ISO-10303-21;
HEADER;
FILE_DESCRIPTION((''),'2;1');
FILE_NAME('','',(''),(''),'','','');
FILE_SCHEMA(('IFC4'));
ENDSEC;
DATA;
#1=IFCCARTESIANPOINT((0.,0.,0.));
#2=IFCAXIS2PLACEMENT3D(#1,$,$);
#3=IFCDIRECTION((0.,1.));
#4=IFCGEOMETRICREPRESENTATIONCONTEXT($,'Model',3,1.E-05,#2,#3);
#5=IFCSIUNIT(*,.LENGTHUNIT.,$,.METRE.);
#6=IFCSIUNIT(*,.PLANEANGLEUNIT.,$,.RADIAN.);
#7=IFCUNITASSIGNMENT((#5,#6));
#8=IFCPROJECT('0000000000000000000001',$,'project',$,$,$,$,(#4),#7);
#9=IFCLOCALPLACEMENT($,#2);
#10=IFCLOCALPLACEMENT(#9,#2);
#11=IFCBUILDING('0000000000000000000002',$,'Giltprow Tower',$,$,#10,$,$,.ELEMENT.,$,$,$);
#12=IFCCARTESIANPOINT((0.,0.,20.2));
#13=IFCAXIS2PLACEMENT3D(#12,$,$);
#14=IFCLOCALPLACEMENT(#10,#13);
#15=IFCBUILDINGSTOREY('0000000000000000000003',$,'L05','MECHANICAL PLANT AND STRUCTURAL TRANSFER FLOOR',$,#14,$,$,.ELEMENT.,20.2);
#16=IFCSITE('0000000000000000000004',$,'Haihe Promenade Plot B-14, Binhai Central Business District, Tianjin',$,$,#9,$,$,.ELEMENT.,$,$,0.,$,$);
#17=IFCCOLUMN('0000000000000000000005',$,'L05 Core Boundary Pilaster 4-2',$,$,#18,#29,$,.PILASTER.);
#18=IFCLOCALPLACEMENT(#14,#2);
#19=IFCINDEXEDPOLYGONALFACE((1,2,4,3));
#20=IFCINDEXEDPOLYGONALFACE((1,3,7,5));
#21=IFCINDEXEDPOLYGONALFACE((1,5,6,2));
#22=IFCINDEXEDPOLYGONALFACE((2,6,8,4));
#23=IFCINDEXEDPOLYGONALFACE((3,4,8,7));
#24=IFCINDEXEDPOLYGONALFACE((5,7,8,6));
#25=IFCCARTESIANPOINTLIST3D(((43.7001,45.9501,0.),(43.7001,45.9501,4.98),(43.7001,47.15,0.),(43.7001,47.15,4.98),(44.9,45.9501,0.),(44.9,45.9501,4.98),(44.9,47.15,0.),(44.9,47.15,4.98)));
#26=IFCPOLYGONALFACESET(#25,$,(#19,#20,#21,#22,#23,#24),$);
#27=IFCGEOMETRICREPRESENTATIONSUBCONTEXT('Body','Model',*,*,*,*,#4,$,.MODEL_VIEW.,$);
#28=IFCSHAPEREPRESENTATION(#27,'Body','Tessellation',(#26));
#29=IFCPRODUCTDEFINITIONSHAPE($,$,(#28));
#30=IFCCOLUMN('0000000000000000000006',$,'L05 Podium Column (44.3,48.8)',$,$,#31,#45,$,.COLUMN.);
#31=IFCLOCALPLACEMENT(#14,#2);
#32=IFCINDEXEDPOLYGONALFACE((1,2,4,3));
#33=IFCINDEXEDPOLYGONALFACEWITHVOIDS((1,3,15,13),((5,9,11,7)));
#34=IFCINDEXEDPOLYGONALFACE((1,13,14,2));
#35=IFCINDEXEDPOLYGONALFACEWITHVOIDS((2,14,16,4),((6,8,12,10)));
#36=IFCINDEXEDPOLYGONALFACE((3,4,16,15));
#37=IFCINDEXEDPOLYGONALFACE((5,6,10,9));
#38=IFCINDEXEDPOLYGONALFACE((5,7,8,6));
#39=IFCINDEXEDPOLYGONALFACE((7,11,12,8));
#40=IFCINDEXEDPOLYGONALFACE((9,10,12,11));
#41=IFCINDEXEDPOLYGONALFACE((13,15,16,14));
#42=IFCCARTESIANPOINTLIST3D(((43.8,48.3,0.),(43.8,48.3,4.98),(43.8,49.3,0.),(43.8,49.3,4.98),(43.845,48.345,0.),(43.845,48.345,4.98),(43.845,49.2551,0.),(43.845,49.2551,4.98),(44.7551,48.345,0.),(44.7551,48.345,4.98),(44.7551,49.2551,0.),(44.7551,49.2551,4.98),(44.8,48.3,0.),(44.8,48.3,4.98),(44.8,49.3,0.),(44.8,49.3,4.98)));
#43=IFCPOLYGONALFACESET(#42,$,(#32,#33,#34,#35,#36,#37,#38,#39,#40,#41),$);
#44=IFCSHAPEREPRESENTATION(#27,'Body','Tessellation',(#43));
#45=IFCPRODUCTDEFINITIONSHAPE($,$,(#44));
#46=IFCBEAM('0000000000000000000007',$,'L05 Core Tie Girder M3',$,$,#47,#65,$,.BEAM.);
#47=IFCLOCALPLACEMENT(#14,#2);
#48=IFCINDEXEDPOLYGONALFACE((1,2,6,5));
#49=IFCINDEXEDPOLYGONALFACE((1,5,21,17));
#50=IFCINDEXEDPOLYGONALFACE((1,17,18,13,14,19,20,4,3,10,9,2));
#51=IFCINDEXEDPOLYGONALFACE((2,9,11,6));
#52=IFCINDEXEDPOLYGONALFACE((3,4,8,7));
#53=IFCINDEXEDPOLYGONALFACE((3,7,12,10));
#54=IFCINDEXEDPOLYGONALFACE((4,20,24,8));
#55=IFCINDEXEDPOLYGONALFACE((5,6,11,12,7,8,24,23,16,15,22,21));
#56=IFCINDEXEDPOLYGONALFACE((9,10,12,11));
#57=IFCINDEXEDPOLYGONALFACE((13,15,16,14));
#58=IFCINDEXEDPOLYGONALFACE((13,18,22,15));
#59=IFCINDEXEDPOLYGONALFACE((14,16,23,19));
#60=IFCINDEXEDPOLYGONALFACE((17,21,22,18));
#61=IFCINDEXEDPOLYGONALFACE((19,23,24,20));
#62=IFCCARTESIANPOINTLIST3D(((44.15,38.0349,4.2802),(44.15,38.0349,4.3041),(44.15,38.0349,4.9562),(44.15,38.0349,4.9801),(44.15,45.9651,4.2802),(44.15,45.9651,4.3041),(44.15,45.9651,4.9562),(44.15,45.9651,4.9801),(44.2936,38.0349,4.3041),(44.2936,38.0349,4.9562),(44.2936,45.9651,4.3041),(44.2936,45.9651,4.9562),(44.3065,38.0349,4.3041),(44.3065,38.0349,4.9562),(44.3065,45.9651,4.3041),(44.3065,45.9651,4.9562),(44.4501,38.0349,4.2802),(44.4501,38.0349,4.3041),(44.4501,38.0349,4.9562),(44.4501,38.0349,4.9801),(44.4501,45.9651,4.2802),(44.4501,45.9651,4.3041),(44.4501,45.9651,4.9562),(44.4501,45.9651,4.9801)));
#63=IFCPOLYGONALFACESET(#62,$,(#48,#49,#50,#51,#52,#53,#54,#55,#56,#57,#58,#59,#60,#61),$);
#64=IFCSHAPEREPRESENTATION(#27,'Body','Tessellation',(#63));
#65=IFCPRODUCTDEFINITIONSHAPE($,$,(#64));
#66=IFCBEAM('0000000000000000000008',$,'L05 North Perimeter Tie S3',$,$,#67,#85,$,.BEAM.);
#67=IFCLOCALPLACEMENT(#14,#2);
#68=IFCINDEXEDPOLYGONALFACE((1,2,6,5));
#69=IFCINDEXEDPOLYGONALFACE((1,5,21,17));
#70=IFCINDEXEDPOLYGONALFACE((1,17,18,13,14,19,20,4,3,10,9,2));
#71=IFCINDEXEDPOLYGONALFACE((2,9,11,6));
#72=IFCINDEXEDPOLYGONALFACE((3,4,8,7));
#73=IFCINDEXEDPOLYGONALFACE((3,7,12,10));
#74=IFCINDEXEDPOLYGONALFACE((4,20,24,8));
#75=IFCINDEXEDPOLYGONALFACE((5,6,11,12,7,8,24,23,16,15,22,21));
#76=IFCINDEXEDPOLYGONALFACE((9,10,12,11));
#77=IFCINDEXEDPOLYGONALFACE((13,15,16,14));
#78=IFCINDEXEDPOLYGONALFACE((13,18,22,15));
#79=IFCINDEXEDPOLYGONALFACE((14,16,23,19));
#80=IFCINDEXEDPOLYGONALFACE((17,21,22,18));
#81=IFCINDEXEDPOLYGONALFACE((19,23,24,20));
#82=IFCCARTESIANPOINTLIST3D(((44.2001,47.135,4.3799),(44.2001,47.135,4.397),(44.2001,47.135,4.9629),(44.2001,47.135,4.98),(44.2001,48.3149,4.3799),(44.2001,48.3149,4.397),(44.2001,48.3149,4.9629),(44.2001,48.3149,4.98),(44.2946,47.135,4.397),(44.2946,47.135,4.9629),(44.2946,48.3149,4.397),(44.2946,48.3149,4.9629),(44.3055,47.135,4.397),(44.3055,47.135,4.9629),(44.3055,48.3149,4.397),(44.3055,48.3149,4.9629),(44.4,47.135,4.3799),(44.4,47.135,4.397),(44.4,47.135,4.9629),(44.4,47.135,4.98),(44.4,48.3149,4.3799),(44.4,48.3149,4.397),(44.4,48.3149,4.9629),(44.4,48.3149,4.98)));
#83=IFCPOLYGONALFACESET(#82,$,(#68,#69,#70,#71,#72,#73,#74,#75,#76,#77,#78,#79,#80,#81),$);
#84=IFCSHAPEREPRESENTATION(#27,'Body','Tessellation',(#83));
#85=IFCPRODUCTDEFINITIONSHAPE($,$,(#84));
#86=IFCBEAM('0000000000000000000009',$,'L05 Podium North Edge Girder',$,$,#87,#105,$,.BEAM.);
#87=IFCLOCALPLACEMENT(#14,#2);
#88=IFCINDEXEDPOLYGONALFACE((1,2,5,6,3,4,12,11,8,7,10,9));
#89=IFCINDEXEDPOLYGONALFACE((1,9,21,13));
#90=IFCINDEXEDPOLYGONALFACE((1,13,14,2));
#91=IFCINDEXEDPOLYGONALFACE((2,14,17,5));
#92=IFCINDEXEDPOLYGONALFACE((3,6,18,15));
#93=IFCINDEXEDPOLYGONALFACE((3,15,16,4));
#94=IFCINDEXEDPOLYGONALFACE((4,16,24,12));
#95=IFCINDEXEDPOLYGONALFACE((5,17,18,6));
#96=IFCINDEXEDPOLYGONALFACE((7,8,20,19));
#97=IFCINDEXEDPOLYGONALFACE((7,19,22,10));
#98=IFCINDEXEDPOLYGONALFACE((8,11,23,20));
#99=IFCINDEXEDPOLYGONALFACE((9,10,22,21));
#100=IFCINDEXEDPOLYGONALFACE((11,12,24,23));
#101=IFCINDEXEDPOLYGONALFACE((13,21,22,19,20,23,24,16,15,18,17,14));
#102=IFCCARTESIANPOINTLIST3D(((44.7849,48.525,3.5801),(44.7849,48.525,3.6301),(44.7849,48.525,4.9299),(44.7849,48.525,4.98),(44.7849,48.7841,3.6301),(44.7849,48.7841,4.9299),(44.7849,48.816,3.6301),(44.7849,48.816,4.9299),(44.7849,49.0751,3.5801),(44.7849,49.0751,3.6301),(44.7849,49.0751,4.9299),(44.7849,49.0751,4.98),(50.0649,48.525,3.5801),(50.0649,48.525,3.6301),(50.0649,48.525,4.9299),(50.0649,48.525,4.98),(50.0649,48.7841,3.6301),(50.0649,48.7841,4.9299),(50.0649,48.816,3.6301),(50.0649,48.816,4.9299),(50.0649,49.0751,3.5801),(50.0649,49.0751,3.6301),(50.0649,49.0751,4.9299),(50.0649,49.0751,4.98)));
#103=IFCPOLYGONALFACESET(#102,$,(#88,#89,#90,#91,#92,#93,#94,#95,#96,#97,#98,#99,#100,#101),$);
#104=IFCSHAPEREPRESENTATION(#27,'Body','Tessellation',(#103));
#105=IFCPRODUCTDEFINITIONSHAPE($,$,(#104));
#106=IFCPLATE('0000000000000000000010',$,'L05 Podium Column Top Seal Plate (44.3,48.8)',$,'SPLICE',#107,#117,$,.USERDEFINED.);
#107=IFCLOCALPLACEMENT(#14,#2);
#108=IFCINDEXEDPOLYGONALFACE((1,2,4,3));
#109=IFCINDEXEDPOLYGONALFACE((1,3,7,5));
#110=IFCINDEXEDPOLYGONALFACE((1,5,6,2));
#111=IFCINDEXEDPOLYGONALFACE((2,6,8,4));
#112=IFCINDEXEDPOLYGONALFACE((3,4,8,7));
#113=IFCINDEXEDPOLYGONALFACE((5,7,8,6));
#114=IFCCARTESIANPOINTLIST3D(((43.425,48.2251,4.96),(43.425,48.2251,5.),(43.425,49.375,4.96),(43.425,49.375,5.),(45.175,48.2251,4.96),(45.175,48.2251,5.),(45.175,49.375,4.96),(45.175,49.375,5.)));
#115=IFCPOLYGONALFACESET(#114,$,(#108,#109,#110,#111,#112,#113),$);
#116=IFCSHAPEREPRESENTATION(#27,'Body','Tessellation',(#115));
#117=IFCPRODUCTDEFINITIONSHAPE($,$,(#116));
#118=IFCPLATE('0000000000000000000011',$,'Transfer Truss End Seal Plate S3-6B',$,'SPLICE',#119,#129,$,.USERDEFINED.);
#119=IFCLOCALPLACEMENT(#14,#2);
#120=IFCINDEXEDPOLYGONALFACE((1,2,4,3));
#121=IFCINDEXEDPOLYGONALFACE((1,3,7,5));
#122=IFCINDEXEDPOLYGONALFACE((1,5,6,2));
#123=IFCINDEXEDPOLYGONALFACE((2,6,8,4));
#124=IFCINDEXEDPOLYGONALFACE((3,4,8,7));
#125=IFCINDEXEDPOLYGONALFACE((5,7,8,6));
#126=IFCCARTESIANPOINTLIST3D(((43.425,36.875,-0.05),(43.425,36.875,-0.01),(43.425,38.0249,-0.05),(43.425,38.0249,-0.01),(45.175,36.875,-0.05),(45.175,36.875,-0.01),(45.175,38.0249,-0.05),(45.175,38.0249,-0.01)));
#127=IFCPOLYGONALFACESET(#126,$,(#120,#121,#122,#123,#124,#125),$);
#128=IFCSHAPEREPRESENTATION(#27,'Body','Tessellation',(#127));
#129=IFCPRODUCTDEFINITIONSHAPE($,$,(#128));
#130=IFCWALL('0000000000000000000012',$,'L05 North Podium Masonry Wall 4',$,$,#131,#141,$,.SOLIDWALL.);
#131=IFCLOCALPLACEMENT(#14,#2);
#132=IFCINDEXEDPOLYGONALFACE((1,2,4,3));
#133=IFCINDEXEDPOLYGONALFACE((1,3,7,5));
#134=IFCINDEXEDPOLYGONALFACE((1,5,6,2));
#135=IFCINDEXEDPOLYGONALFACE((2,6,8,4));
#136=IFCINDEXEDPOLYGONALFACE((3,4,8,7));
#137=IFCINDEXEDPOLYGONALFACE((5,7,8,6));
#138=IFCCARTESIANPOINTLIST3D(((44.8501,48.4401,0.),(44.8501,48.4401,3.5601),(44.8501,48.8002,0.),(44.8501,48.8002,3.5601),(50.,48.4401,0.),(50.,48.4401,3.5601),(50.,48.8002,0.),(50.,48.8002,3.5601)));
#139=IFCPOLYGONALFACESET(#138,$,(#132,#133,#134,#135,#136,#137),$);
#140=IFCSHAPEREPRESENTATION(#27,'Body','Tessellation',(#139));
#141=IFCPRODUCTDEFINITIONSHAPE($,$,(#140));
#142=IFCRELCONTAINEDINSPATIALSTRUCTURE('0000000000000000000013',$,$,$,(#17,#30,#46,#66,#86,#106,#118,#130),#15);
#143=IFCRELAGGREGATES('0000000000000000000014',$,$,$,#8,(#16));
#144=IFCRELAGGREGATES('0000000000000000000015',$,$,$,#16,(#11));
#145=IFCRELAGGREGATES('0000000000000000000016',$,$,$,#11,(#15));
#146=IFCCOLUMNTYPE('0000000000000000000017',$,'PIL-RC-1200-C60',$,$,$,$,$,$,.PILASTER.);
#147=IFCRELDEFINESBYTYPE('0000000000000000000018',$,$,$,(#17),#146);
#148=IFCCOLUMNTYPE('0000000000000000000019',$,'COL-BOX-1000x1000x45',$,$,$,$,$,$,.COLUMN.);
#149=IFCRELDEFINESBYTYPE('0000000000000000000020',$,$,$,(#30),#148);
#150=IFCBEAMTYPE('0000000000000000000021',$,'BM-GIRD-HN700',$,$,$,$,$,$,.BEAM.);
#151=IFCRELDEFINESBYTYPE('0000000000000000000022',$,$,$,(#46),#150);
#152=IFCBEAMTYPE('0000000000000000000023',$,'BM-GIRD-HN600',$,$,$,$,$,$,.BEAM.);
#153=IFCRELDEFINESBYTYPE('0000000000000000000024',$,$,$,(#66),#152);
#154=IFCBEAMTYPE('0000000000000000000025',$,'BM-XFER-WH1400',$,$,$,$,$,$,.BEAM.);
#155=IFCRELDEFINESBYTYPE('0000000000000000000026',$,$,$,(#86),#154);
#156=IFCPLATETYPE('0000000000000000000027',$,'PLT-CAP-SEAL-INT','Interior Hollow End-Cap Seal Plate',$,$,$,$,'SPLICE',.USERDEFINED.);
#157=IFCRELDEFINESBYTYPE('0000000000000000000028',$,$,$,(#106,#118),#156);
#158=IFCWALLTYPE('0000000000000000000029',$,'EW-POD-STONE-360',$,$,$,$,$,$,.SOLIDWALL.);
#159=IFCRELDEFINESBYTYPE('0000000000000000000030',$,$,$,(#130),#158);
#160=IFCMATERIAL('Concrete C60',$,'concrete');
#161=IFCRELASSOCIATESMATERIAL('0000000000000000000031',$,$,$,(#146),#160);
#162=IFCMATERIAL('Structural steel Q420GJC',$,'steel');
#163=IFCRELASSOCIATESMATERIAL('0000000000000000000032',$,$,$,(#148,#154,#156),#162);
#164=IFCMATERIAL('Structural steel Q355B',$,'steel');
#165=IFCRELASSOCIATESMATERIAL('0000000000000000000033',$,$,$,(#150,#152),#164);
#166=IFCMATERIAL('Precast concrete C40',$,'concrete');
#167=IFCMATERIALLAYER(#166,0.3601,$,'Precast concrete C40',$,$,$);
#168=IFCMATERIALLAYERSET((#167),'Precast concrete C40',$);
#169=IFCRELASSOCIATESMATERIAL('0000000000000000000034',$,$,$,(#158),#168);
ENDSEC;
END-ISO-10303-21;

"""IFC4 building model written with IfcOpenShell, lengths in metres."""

from ifc_helpers import new_model, si_unit, direction, frame, frame_2d, origin, origin_2d, place, context, subcontext, project, spatial, rectangle, hollow_rectangle, i_section, extrude, source, transform, mapped, material, layer, layer_set, material_profile, profile_set, type_object, element, save


model = new_model("IFC4")

# Units and contexts
model_context = context("Model", 3, precision=1e-05, world=origin(), true_north=direction((0.0, 1.0)))
body_context = subcontext(model_context, "Body", "Model", "MODEL_VIEW")
ifc_project = project(units=[si_unit("LENGTHUNIT", "METRE"), si_unit("PLANEANGLEUNIT", "RADIAN")], contexts=[model_context])

# Site, building, storey
site_placement = place(None, origin())
site = spatial("IfcSite", under=ifc_project, at=site_placement, Name="Haihe Promenade Plot B-14, Binhai Central Business District, Tianjin", CompositionType="ELEMENT", RefElevation=0.0)
building_placement = place(site_placement, origin())
building = spatial("IfcBuilding", under=site, at=building_placement, Name="Giltprow Tower", CompositionType="ELEMENT")
storey_placement = place(building_placement, frame((0.0, 0.0, 20.2)))
storey = spatial("IfcBuildingStorey", under=building, at=storey_placement, Name="L05", Description="MECHANICAL PLANT AND STRUCTURAL TRANSFER FLOOR", CompositionType="ELEMENT", Elevation=20.2)

# Columns
ifc_material_1 = material(Name="Concrete C60", Category="concrete")
ifc_material_profile_1 = material_profile(ifc_material_1, rectangle(XDim=1.2, YDim=1.2, at=origin_2d()), Name="RC 1200x1200")
ifc_profile_set_1 = profile_set([ifc_material_profile_1], Name="Concrete C60")
column_type_1 = type_object("IfcColumnType", Name="PIL-RC-1200-C60", PredefinedType="PILASTER", material=ifc_profile_set_1)
shared_shape_1 = source(origin(), body_context, "Body", "SweptSolid", [
    extrude(rectangle(XDim=1.2, YDim=1.2, at=origin_2d()), origin(), (0.0, 0.0, 1.0), 4.98),
])
column_1_placement = place(storey_placement, frame((44.3, 46.55, 0.0), z_axis=(0.0, 0.0, 1.0), x_axis=(1.0, 0.0, 0.0)))
element("IfcColumn", 1, at=column_1_placement, inside=storey, type_object=column_type_1, Name="L05 Core Boundary Pilaster 4-2", PredefinedType="PILASTER", context=body_context, shape_type="MappedRepresentation", body=[
    mapped(shared_shape_1, transform((0.0, 0.0, 0.0), x_axis=(1.0, 0.0, 0.0), y_axis=(0.0, 1.0, 0.0), z_axis=(0.0, 0.0, 1.0), scale=1.0)),
])
ifc_material_2 = material(Name="Structural steel Q420GJC", Category="steel")
ifc_material_profile_2 = material_profile(ifc_material_2, hollow_rectangle(XDim=1.0, YDim=1.0, WallThickness=0.0449, at=origin_2d()), Name="BOX 1000x1000x45")
ifc_profile_set_2 = profile_set([ifc_material_profile_2], Name="Structural steel Q420GJC")
column_type_2 = type_object("IfcColumnType", Name="COL-BOX-1000x1000x45", PredefinedType="COLUMN", material=ifc_profile_set_2)
shared_shape_2 = source(origin(), body_context, "Body", "SweptSolid", [
    extrude(hollow_rectangle(XDim=1.0, YDim=1.0, WallThickness=0.0449, at=origin_2d()), origin(), (0.0, 0.0, 1.0), 4.98),
])
column_2_placement = place(storey_placement, frame((44.3, 48.8, 0.0), z_axis=(0.0, 0.0, 1.0), x_axis=(1.0, 0.0, 0.0)))
element("IfcColumn", 2, at=column_2_placement, inside=storey, type_object=column_type_2, Name="L05 Podium Column (44.3,48.8)", PredefinedType="COLUMN", context=body_context, shape_type="MappedRepresentation", body=[
    mapped(shared_shape_2, transform((0.0, 0.0, 0.0), x_axis=(1.0, 0.0, 0.0), y_axis=(0.0, 1.0, 0.0), z_axis=(0.0, 0.0, 1.0), scale=1.0)),
])

# Beams
ifc_material_3 = material(Name="Structural steel Q355B", Category="steel")
ifc_material_profile_3 = material_profile(ifc_material_3, i_section(OverallWidth=0.3, OverallDepth=0.7, WebThickness=0.0129, FlangeThickness=0.0239, at=origin_2d()), Name="HN 700x300x13x24")
ifc_profile_set_3 = profile_set([ifc_material_profile_3], Name="Structural steel Q355B")
beam_type_1 = type_object("IfcBeamType", Name="BM-GIRD-HN700", PredefinedType="BEAM", material=ifc_profile_set_3)
shared_shape_3 = source(origin(), body_context, "Body", "SweptSolid", [
    extrude(i_section(OverallWidth=0.3, OverallDepth=0.7, WebThickness=0.0129, FlangeThickness=0.0239, at=origin_2d()), origin(), (0.0, 0.0, 1.0), 7.9302),
])
beam_1_placement = place(storey_placement, frame((44.3, 38.0349, 4.6301), z_axis=(0.0, 1.0, 0.0), x_axis=(-1.0, 0.0, 0.0)))
element("IfcBeam", 3, at=beam_1_placement, inside=storey, type_object=beam_type_1, Name="L05 Core Tie Girder M3", PredefinedType="BEAM", context=body_context, shape_type="MappedRepresentation", body=[
    mapped(shared_shape_3, transform((0.0, 0.0, 0.0), x_axis=(1.0, 0.0, 0.0), y_axis=(0.0, 1.0, 0.0), z_axis=(0.0, 0.0, 1.0), scale=1.0)),
])
ifc_material_profile_4 = material_profile(ifc_material_3, i_section(OverallWidth=0.2, OverallDepth=0.6001, WebThickness=0.011, FlangeThickness=0.0171, at=origin_2d()), Name="HN 600x200x11x17")
ifc_profile_set_4 = profile_set([ifc_material_profile_4], Name="Structural steel Q355B")
beam_type_2 = type_object("IfcBeamType", Name="BM-GIRD-HN600", PredefinedType="BEAM", material=ifc_profile_set_4)
shared_shape_4 = source(origin(), body_context, "Body", "SweptSolid", [
    extrude(i_section(OverallWidth=0.2, OverallDepth=0.6001, WebThickness=0.011, FlangeThickness=0.0171, at=origin_2d()), origin(), (0.0, 0.0, 1.0), 1.1799),
])
beam_2_placement = place(storey_placement, frame((44.3, 47.135, 4.6799), z_axis=(0.0, 1.0, 0.0), x_axis=(-1.0, 0.0, 0.0)))
element("IfcBeam", 4, at=beam_2_placement, inside=storey, type_object=beam_type_2, Name="L05 North Perimeter Tie S3", PredefinedType="BEAM", context=body_context, shape_type="MappedRepresentation", body=[
    mapped(shared_shape_4, transform((0.0, 0.0, 0.0), x_axis=(1.0, 0.0, 0.0), y_axis=(0.0, 1.0, 0.0), z_axis=(0.0, 0.0, 1.0), scale=1.0)),
])
ifc_material_profile_5 = material_profile(ifc_material_2, i_section(OverallWidth=0.55, OverallDepth=1.3999, WebThickness=0.032, FlangeThickness=0.05, at=origin_2d()), Name="WH 1400x550x32x50")
ifc_profile_set_5 = profile_set([ifc_material_profile_5], Name="Structural steel Q420GJC")
beam_type_3 = type_object("IfcBeamType", Name="BM-XFER-WH1400", PredefinedType="BEAM", material=ifc_profile_set_5)
shared_shape_5 = source(origin(), body_context, "Body", "SweptSolid", [
    extrude(i_section(OverallWidth=0.55, OverallDepth=1.3999, WebThickness=0.032, FlangeThickness=0.05, at=origin_2d()), origin(), (0.0, 0.0, 1.0), 5.28),
])
beam_3_placement = place(storey_placement, frame((44.7849, 48.8, 4.28), z_axis=(1.0, 0.0, 0.0), x_axis=(0.0, 1.0, 0.0)))
element("IfcBeam", 5, at=beam_3_placement, inside=storey, type_object=beam_type_3, Name="L05 Podium North Edge Girder", PredefinedType="BEAM", context=body_context, shape_type="MappedRepresentation", body=[
    mapped(shared_shape_5, transform((0.0, 0.0, 0.0), x_axis=(1.0, 0.0, 0.0), y_axis=(0.0, 1.0, 0.0), z_axis=(0.0, 0.0, 1.0), scale=1.0)),
])

# Plates
plate_type = type_object("IfcPlateType", Name="PLT-CAP-SEAL-INT", Description="Interior Hollow End-Cap Seal Plate", ElementType="SPLICE", PredefinedType="USERDEFINED", material=ifc_material_2)
shared_shape_6 = source(origin(), body_context, "Body", "SweptSolid", [
    extrude(rectangle(XDim=1.75, YDim=1.1499, at=origin_2d()), origin(), (0.0, 0.0, 1.0), 0.04),
])
for number, where, z_axis, x_axis, name in (
    (6, (44.3, 48.8, 4.96), (0.0, 0.0, 1.0), (1.0, 0.0, 0.0), "L05 Podium Column Top Seal Plate (44.3,48.8)"),
    (7, (44.3, 37.45, -0.05), (0.0, 0.0, 1.0), (1.0, 0.0, 0.0), "Transfer Truss End Seal Plate S3-6B"),
):
    element("IfcPlate", number, at=place(storey_placement, frame(where, z_axis=z_axis, x_axis=x_axis)), inside=storey, type_object=plate_type, Name=name, ObjectType="SPLICE", PredefinedType="USERDEFINED", context=body_context, shape_type="MappedRepresentation", body=[
        mapped(shared_shape_6, transform((0.0, 0.0, 0.0), x_axis=(1.0, 0.0, 0.0), y_axis=(0.0, 1.0, 0.0), z_axis=(0.0, 0.0, 1.0), scale=1.0)),
    ])

# Wall
ifc_material_4 = material(Name="Precast concrete C40", Category="concrete")
ifc_layer_1 = layer(ifc_material_4, 0.3601, Name="Precast concrete C40")
ifc_layer_set_1 = layer_set([ifc_layer_1], Name="Precast concrete C40")
wall_type_1 = type_object("IfcWallType", Name="EW-POD-STONE-360", PredefinedType="SOLIDWALL", material=ifc_layer_set_1)
wall_1_placement = place(storey_placement, frame((44.8501, 48.6201, 0.0), z_axis=(0.0, 0.0, 1.0), x_axis=(1.0, 0.0, 0.0)))
element("IfcWall", 8, at=wall_1_placement, inside=storey, type_object=wall_type_1, Name="L05 North Podium Masonry Wall 4", PredefinedType="SOLIDWALL", context=body_context, shape_type="SweptSolid", body=[
    extrude(rectangle(XDim=5.1499, YDim=0.3601, at=frame_2d((2.575, 0.0))), origin(), (0.0, 0.0, 1.0), 3.5601),
])

save(model, "model.ifc")
